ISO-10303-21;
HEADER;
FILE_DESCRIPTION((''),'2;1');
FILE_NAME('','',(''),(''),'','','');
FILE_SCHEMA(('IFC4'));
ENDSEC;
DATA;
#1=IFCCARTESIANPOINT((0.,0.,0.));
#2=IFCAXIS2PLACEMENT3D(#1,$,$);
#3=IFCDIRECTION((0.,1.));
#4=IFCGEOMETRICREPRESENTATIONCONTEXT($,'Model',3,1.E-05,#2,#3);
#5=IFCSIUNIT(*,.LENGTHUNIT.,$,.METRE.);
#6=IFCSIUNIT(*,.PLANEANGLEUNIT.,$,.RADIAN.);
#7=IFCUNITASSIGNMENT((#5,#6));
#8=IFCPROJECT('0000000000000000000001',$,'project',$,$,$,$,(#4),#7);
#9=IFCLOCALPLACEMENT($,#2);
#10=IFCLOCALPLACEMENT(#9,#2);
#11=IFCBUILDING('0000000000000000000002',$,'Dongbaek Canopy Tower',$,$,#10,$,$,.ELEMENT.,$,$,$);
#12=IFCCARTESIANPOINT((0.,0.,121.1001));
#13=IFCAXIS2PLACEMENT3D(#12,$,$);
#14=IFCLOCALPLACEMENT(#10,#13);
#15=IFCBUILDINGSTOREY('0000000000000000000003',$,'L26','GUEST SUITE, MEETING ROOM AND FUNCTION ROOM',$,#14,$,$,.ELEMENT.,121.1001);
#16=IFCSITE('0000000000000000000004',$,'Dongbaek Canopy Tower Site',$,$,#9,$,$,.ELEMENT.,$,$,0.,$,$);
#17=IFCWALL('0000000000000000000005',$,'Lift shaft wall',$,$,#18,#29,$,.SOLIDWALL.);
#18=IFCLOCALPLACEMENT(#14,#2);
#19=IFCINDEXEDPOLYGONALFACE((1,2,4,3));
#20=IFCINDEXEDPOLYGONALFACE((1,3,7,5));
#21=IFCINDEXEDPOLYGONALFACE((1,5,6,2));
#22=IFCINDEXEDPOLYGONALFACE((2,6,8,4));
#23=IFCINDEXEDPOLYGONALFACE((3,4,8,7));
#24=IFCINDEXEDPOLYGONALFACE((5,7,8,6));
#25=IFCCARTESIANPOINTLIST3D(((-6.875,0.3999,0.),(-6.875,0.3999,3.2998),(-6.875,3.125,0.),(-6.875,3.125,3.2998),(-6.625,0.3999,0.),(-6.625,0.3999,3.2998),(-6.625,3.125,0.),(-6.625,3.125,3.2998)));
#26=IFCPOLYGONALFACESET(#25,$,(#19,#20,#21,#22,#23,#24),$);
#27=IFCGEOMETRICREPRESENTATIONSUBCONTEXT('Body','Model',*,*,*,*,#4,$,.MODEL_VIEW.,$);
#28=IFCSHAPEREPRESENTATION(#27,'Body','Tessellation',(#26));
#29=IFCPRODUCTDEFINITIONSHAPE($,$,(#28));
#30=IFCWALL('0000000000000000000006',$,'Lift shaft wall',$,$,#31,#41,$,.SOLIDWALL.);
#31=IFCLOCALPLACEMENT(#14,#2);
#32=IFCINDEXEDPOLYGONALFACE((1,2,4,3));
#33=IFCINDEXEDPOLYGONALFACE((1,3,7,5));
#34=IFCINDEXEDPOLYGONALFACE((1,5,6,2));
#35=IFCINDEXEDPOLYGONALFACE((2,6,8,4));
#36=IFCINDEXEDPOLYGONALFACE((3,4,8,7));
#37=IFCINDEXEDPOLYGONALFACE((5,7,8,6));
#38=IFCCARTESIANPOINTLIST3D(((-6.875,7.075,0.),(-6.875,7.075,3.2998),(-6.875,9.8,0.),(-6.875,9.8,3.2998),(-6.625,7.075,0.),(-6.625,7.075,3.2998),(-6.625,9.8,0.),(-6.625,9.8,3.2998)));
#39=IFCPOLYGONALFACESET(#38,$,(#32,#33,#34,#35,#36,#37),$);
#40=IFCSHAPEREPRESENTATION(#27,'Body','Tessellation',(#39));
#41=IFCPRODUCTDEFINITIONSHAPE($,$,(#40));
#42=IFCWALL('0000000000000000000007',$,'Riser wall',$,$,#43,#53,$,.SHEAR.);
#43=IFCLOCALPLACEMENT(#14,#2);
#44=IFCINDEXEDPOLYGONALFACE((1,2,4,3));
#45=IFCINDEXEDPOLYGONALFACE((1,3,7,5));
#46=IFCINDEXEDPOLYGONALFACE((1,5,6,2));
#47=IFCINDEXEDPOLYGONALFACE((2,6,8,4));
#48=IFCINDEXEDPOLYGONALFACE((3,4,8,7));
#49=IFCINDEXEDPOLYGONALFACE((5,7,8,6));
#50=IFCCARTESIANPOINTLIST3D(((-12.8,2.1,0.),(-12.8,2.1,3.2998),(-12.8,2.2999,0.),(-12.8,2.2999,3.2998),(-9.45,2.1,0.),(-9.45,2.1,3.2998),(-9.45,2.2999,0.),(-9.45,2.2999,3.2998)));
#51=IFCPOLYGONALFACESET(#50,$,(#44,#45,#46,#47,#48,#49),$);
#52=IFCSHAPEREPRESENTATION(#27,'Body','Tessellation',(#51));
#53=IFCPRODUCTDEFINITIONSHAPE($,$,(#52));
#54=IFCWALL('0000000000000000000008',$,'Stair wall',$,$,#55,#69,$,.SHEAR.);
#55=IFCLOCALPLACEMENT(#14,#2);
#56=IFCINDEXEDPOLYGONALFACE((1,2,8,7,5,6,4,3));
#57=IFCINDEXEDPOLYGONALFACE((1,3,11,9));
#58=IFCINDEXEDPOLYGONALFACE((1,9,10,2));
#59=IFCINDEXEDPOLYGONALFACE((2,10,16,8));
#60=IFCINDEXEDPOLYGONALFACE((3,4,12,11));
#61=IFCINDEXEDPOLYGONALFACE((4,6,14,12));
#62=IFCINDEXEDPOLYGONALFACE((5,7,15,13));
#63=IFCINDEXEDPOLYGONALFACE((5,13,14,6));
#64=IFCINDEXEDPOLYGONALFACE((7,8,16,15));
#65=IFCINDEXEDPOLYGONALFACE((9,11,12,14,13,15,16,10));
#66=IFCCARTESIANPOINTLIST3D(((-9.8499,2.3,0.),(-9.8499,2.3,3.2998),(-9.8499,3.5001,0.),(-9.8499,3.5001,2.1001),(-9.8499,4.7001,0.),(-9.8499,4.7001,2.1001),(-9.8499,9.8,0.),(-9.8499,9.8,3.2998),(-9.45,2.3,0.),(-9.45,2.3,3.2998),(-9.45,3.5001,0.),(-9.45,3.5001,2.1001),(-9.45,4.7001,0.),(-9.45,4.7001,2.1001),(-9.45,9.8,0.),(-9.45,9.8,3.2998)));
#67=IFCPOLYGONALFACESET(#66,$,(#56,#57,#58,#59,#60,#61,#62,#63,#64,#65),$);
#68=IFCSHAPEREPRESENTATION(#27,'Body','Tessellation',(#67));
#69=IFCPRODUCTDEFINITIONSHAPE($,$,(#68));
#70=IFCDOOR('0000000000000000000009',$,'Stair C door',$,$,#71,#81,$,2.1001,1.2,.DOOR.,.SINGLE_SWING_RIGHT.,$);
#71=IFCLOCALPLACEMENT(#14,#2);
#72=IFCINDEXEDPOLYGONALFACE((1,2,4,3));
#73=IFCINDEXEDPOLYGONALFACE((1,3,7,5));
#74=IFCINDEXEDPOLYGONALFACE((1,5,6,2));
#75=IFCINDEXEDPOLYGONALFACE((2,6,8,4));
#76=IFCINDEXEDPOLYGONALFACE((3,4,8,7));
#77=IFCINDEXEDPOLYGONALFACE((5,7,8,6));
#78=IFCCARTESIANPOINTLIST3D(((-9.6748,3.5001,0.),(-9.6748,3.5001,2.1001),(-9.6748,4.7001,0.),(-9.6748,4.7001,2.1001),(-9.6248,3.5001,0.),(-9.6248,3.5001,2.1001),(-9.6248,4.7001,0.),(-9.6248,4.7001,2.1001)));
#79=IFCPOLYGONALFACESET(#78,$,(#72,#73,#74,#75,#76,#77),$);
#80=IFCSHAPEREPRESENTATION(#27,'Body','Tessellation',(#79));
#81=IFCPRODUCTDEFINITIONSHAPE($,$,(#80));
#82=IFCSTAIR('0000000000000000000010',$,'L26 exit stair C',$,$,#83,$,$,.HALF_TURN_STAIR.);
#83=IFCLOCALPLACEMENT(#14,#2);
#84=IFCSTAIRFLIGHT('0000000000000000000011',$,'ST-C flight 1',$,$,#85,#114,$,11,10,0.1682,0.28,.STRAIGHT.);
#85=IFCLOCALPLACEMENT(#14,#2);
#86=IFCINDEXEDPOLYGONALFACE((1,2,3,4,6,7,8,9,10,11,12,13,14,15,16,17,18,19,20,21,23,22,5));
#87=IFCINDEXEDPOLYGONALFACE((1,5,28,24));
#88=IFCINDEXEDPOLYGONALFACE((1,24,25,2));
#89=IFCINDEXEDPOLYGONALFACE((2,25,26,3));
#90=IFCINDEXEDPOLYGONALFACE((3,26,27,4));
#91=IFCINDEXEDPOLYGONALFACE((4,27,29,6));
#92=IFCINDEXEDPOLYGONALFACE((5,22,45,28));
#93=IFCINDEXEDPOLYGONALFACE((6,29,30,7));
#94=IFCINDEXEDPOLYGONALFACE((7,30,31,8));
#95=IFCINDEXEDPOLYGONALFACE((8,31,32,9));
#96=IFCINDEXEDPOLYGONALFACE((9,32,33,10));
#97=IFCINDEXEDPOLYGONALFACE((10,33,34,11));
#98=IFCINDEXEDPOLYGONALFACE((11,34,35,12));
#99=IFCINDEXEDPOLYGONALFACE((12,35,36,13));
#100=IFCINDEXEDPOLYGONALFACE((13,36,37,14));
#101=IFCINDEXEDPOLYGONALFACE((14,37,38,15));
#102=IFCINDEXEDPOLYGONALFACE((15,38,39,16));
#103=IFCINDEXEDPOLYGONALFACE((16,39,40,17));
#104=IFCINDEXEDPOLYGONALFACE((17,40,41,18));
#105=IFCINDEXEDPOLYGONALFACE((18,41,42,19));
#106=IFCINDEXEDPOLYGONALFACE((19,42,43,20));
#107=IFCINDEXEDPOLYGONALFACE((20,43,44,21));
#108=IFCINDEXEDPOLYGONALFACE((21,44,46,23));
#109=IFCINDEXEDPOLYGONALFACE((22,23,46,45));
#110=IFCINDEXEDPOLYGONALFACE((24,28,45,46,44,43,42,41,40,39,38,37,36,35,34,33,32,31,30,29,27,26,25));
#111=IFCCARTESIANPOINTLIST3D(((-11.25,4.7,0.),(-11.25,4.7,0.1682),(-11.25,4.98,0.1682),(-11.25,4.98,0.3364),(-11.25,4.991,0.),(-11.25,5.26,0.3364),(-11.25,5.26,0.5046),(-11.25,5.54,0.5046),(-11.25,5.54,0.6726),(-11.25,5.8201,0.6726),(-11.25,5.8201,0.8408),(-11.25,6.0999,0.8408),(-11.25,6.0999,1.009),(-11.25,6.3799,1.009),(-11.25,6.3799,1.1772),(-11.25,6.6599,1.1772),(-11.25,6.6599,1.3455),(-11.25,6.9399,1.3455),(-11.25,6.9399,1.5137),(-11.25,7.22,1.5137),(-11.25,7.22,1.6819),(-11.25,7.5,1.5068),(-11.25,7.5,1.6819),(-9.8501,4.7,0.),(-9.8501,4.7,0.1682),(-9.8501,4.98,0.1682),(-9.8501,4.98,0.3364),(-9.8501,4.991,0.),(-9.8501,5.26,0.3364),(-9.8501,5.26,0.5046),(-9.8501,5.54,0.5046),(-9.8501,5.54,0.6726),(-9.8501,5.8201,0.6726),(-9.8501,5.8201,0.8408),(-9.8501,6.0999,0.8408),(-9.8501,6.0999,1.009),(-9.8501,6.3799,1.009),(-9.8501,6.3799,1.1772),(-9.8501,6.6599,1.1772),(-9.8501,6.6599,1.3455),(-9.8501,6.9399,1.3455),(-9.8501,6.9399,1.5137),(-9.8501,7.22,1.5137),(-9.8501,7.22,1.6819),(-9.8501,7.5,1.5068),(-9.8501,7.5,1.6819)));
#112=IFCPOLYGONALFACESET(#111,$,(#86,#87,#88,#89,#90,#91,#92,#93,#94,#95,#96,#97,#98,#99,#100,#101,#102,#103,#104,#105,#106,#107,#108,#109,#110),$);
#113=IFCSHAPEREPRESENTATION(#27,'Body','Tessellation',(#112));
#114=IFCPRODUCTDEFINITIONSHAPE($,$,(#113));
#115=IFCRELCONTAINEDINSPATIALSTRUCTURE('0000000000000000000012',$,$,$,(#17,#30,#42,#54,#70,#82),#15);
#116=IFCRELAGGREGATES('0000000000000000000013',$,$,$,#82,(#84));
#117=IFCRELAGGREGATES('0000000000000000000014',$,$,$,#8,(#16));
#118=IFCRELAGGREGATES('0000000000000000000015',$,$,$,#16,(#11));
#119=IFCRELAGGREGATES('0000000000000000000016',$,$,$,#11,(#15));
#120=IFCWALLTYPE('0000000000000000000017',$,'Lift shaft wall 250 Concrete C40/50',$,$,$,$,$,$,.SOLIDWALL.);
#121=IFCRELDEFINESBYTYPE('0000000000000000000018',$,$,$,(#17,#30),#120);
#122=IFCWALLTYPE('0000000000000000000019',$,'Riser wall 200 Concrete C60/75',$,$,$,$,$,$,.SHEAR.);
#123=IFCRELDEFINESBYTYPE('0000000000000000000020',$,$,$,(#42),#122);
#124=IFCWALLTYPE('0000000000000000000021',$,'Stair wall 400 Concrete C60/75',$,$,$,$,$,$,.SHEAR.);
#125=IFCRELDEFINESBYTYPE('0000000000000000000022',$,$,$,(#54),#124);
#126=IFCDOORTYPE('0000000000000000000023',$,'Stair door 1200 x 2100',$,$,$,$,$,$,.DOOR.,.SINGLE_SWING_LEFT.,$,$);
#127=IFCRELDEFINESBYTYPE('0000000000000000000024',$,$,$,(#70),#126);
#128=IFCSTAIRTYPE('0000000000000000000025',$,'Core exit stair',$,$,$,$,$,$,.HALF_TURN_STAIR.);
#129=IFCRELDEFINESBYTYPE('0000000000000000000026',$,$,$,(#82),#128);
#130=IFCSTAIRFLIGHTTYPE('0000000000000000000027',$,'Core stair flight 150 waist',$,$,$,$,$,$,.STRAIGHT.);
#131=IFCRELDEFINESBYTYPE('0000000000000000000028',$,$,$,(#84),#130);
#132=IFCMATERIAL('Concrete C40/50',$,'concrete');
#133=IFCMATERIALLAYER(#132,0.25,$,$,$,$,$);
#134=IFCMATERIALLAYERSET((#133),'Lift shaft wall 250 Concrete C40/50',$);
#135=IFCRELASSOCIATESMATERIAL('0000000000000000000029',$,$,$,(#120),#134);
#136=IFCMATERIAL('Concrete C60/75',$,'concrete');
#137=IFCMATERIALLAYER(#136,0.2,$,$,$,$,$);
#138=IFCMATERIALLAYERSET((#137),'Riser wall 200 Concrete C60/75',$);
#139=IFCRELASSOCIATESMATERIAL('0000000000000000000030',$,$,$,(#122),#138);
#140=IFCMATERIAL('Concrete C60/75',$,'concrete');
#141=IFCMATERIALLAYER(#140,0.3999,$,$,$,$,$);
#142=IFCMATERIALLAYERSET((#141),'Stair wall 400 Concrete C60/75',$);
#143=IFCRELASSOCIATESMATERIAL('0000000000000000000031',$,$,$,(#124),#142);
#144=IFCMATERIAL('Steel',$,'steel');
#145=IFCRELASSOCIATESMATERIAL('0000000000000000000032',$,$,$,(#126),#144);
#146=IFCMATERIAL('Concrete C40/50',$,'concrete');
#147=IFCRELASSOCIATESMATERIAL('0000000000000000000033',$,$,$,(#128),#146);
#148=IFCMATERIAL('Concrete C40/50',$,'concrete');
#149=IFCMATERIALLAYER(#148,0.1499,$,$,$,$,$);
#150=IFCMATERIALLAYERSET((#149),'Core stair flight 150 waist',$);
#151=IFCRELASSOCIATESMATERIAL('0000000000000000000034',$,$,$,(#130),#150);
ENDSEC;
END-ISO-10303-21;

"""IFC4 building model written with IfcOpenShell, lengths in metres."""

from ifc_helpers import new_model, si_unit, direction, frame, frame_2d, origin, place, context, subcontext, project, spatial, polyline, rectangle, outline, extrude, material, layer, layer_set, type_object, element, fill, aggregate, save


model = new_model("IFC4")

# Units and contexts
model_context = context("Model", 3, precision=1e-05, world=origin(), true_north=direction((0.0, 1.0)))
body_context = subcontext(model_context, "Body", "Model", "MODEL_VIEW")
ifc_project = project(units=[si_unit("LENGTHUNIT", "METRE"), si_unit("PLANEANGLEUNIT", "RADIAN")], contexts=[model_context])

# Site, building, storey
site_placement = place(None, origin())
site = spatial("IfcSite", under=ifc_project, at=site_placement, Name="Dongbaek Canopy Tower Site", CompositionType="ELEMENT", RefElevation=0.0)
building_placement = place(site_placement, origin())
building = spatial("IfcBuilding", under=site, at=building_placement, Name="Dongbaek Canopy Tower", CompositionType="ELEMENT")
storey_placement = place(building_placement, frame((0.0, 0.0, 121.1001)))
storey = spatial("IfcBuildingStorey", under=building, at=storey_placement, Name="L26", Description="GUEST SUITE, MEETING ROOM AND FUNCTION ROOM", CompositionType="ELEMENT", Elevation=121.1001)

# Walls
ifc_material_1 = material(Name="Concrete C40/50", Category="concrete")
ifc_layer_1 = layer(ifc_material_1, 0.25)
ifc_layer_set_1 = layer_set([ifc_layer_1], Name="Lift shaft wall 250 Concrete C40/50")
wall_type_1 = type_object("IfcWallType", Name="Lift shaft wall 250 Concrete C40/50", PredefinedType="SOLIDWALL", material=ifc_layer_set_1)
for number, where, z_axis, x_axis, name in (
    (1, (-6.75, 0.3999, 0.0), (0.0, 0.0, 1.0), (0.0, 1.0, 0.0), "Lift shaft wall"),
    (2, (-6.75, 7.075, 0.0), (0.0, 0.0, 1.0), (0.0, 1.0, 0.0), "Lift shaft wall"),
):
    element("IfcWall", number, at=place(storey_placement, frame(where, z_axis=z_axis, x_axis=x_axis)), inside=storey, type_object=wall_type_1, Name=name, PredefinedType="SOLIDWALL", context=body_context, shape_type="SweptSolid", body=[
        extrude(rectangle(XDim=2.7251, YDim=0.25, at=frame_2d((1.3625, 0.0))), origin(), (0.0, 0.0, 1.0), 3.2998),
    ])
ifc_material_2 = material(Name="Concrete C60/75", Category="concrete")
ifc_layer_2 = layer(ifc_material_2, 0.2)
ifc_layer_set_2 = layer_set([ifc_layer_2], Name="Riser wall 200 Concrete C60/75")
wall_type_2 = type_object("IfcWallType", Name="Riser wall 200 Concrete C60/75", PredefinedType="SHEAR", material=ifc_layer_set_2)
wall_1_placement = place(storey_placement, frame((-9.45, 2.2, 0.0), z_axis=(0.0, 0.0, 1.0), x_axis=(-1.0, 0.0, 0.0)))
element("IfcWall", 3, at=wall_1_placement, inside=storey, type_object=wall_type_2, Name="Riser wall", PredefinedType="SHEAR", context=body_context, shape_type="SweptSolid", body=[
    extrude(rectangle(XDim=3.3501, YDim=0.2, at=frame_2d((1.675, 0.0))), origin(), (0.0, 0.0, 1.0), 3.2998),
])

# Wall, opening, door
ifc_material_3 = material(Name="Concrete C60/75", Category="concrete")
ifc_layer_3 = layer(ifc_material_3, 0.3999)
ifc_layer_set_3 = layer_set([ifc_layer_3], Name="Stair wall 400 Concrete C60/75")
wall_type_3 = type_object("IfcWallType", Name="Stair wall 400 Concrete C60/75", PredefinedType="SHEAR", material=ifc_layer_set_3)
wall_2_placement = place(storey_placement, frame((-9.6499, 2.3, 0.0), z_axis=(0.0, 0.0, 1.0), x_axis=(0.0, 1.0, 0.0)))
wall_2 = element("IfcWall", 4, at=wall_2_placement, inside=storey, type_object=wall_type_3, Name="Stair wall", PredefinedType="SHEAR", context=body_context, shape_type="SweptSolid", body=[
    extrude(rectangle(XDim=7.5, YDim=0.3999, at=frame_2d((3.75, 0.0))), origin(), (0.0, 0.0, 1.0), 3.2998),
])
opening_1_placement = place(wall_2_placement, frame((1.2, 0.0, 0.0)))
opening_1 = element("IfcOpeningElement", 5, at=opening_1_placement, cuts=wall_2, PredefinedType="OPENING", context=body_context, shape_type="SweptSolid", body=[
    extrude(rectangle(XDim=1.2, YDim=2.1001, at=frame_2d((0.6001, 1.05))), frame((0.0, 0.21, 0.0), z_axis=(0.0, -1.0, 0.0), x_axis=(1.0, 0.0, 0.0)), (0.0, 0.0, 1.0), 0.4199),
])
ifc_material_4 = material(Name="Steel", Category="steel")
door_type_1 = type_object("IfcDoorType", Name="Stair door 1200 x 2100", OperationType="SINGLE_SWING_LEFT", PredefinedType="DOOR", material=ifc_material_4)
door_1_placement = place(opening_1_placement, origin())
door_1 = element("IfcDoor", 6, at=door_1_placement, inside=storey, type_object=door_type_1, Name="Stair C door", OperationType="SINGLE_SWING_RIGHT", OverallHeight=2.1001, OverallWidth=1.2, PredefinedType="DOOR", context=body_context, shape_type="SweptSolid", body=[
    extrude(rectangle(XDim=1.2, YDim=2.1001, at=frame_2d((0.6001, 1.05))), frame((0.0, 0.0249, 0.0), z_axis=(0.0, -1.0, 0.0), x_axis=(1.0, 0.0, 0.0)), (0.0, 0.0, 1.0), 0.05),
])
fill(opening_1, door_1)

# Stair, stair flight
ifc_material_5 = material(Name="Concrete C40/50", Category="concrete")
stair_type = type_object("IfcStairType", Name="Core exit stair", PredefinedType="HALF_TURN_STAIR", material=ifc_material_5)
stair_placement = place(storey_placement, origin())
stair = element("IfcStair", 7, at=stair_placement, inside=storey, type_object=stair_type, Name="L26 exit stair C", PredefinedType="HALF_TURN_STAIR")
ifc_material_6 = material(Name="Concrete C40/50", Category="concrete")
ifc_layer_4 = layer(ifc_material_6, 0.1499)
ifc_layer_set_4 = layer_set([ifc_layer_4], Name="Core stair flight 150 waist")
stair_flight_type = type_object("IfcStairFlightType", Name="Core stair flight 150 waist", PredefinedType="STRAIGHT", material=ifc_layer_set_4)
stair_flight_placement = place(storey_placement, frame((-10.55, 4.7, 0.0), z_axis=(0.0, 0.0, 1.0), x_axis=(0.0, 1.0, 0.0)))
stair_flight = element("IfcStairFlight", 8, at=stair_flight_placement, type_object=stair_flight_type, Name="ST-C flight 1", NumberOfRisers=11, NumberOfTreads=10, PredefinedType="STRAIGHT", RiserHeight=0.1682, TreadLength=0.28, context=body_context, shape_type="SweptSolid", body=[
    extrude(outline(polyline([(0.0, 0.0), (0.0, 0.1682), (0.28, 0.1682), (0.28, 0.3364), (0.5601, 0.3364), (0.5601, 0.5046), (0.8401, 0.5046), (0.8401, 0.6726), (1.1201, 0.6726), (1.1201, 0.8408), (1.3999, 0.8408), (1.3999, 1.009), (1.6799, 1.009), (1.6799, 1.1772), (1.96, 1.1772), (1.96, 1.3455), (2.24, 1.3455), (2.24, 1.5137), (2.52, 1.5137), (2.52, 1.6819), (2.8, 1.6819), (2.8, 1.8501), (2.8, 1.5068), (0.291, 0.0), (0.0, 0.0)])), frame((0.0, 0.7, 0.0), z_axis=(0.0, -1.0, 0.0), x_axis=(1.0, 0.0, 0.0)), (0.0, 0.0, 1.0), 1.3999),
])
aggregate(stair, [stair_flight])

save(model, "model.ifc")
